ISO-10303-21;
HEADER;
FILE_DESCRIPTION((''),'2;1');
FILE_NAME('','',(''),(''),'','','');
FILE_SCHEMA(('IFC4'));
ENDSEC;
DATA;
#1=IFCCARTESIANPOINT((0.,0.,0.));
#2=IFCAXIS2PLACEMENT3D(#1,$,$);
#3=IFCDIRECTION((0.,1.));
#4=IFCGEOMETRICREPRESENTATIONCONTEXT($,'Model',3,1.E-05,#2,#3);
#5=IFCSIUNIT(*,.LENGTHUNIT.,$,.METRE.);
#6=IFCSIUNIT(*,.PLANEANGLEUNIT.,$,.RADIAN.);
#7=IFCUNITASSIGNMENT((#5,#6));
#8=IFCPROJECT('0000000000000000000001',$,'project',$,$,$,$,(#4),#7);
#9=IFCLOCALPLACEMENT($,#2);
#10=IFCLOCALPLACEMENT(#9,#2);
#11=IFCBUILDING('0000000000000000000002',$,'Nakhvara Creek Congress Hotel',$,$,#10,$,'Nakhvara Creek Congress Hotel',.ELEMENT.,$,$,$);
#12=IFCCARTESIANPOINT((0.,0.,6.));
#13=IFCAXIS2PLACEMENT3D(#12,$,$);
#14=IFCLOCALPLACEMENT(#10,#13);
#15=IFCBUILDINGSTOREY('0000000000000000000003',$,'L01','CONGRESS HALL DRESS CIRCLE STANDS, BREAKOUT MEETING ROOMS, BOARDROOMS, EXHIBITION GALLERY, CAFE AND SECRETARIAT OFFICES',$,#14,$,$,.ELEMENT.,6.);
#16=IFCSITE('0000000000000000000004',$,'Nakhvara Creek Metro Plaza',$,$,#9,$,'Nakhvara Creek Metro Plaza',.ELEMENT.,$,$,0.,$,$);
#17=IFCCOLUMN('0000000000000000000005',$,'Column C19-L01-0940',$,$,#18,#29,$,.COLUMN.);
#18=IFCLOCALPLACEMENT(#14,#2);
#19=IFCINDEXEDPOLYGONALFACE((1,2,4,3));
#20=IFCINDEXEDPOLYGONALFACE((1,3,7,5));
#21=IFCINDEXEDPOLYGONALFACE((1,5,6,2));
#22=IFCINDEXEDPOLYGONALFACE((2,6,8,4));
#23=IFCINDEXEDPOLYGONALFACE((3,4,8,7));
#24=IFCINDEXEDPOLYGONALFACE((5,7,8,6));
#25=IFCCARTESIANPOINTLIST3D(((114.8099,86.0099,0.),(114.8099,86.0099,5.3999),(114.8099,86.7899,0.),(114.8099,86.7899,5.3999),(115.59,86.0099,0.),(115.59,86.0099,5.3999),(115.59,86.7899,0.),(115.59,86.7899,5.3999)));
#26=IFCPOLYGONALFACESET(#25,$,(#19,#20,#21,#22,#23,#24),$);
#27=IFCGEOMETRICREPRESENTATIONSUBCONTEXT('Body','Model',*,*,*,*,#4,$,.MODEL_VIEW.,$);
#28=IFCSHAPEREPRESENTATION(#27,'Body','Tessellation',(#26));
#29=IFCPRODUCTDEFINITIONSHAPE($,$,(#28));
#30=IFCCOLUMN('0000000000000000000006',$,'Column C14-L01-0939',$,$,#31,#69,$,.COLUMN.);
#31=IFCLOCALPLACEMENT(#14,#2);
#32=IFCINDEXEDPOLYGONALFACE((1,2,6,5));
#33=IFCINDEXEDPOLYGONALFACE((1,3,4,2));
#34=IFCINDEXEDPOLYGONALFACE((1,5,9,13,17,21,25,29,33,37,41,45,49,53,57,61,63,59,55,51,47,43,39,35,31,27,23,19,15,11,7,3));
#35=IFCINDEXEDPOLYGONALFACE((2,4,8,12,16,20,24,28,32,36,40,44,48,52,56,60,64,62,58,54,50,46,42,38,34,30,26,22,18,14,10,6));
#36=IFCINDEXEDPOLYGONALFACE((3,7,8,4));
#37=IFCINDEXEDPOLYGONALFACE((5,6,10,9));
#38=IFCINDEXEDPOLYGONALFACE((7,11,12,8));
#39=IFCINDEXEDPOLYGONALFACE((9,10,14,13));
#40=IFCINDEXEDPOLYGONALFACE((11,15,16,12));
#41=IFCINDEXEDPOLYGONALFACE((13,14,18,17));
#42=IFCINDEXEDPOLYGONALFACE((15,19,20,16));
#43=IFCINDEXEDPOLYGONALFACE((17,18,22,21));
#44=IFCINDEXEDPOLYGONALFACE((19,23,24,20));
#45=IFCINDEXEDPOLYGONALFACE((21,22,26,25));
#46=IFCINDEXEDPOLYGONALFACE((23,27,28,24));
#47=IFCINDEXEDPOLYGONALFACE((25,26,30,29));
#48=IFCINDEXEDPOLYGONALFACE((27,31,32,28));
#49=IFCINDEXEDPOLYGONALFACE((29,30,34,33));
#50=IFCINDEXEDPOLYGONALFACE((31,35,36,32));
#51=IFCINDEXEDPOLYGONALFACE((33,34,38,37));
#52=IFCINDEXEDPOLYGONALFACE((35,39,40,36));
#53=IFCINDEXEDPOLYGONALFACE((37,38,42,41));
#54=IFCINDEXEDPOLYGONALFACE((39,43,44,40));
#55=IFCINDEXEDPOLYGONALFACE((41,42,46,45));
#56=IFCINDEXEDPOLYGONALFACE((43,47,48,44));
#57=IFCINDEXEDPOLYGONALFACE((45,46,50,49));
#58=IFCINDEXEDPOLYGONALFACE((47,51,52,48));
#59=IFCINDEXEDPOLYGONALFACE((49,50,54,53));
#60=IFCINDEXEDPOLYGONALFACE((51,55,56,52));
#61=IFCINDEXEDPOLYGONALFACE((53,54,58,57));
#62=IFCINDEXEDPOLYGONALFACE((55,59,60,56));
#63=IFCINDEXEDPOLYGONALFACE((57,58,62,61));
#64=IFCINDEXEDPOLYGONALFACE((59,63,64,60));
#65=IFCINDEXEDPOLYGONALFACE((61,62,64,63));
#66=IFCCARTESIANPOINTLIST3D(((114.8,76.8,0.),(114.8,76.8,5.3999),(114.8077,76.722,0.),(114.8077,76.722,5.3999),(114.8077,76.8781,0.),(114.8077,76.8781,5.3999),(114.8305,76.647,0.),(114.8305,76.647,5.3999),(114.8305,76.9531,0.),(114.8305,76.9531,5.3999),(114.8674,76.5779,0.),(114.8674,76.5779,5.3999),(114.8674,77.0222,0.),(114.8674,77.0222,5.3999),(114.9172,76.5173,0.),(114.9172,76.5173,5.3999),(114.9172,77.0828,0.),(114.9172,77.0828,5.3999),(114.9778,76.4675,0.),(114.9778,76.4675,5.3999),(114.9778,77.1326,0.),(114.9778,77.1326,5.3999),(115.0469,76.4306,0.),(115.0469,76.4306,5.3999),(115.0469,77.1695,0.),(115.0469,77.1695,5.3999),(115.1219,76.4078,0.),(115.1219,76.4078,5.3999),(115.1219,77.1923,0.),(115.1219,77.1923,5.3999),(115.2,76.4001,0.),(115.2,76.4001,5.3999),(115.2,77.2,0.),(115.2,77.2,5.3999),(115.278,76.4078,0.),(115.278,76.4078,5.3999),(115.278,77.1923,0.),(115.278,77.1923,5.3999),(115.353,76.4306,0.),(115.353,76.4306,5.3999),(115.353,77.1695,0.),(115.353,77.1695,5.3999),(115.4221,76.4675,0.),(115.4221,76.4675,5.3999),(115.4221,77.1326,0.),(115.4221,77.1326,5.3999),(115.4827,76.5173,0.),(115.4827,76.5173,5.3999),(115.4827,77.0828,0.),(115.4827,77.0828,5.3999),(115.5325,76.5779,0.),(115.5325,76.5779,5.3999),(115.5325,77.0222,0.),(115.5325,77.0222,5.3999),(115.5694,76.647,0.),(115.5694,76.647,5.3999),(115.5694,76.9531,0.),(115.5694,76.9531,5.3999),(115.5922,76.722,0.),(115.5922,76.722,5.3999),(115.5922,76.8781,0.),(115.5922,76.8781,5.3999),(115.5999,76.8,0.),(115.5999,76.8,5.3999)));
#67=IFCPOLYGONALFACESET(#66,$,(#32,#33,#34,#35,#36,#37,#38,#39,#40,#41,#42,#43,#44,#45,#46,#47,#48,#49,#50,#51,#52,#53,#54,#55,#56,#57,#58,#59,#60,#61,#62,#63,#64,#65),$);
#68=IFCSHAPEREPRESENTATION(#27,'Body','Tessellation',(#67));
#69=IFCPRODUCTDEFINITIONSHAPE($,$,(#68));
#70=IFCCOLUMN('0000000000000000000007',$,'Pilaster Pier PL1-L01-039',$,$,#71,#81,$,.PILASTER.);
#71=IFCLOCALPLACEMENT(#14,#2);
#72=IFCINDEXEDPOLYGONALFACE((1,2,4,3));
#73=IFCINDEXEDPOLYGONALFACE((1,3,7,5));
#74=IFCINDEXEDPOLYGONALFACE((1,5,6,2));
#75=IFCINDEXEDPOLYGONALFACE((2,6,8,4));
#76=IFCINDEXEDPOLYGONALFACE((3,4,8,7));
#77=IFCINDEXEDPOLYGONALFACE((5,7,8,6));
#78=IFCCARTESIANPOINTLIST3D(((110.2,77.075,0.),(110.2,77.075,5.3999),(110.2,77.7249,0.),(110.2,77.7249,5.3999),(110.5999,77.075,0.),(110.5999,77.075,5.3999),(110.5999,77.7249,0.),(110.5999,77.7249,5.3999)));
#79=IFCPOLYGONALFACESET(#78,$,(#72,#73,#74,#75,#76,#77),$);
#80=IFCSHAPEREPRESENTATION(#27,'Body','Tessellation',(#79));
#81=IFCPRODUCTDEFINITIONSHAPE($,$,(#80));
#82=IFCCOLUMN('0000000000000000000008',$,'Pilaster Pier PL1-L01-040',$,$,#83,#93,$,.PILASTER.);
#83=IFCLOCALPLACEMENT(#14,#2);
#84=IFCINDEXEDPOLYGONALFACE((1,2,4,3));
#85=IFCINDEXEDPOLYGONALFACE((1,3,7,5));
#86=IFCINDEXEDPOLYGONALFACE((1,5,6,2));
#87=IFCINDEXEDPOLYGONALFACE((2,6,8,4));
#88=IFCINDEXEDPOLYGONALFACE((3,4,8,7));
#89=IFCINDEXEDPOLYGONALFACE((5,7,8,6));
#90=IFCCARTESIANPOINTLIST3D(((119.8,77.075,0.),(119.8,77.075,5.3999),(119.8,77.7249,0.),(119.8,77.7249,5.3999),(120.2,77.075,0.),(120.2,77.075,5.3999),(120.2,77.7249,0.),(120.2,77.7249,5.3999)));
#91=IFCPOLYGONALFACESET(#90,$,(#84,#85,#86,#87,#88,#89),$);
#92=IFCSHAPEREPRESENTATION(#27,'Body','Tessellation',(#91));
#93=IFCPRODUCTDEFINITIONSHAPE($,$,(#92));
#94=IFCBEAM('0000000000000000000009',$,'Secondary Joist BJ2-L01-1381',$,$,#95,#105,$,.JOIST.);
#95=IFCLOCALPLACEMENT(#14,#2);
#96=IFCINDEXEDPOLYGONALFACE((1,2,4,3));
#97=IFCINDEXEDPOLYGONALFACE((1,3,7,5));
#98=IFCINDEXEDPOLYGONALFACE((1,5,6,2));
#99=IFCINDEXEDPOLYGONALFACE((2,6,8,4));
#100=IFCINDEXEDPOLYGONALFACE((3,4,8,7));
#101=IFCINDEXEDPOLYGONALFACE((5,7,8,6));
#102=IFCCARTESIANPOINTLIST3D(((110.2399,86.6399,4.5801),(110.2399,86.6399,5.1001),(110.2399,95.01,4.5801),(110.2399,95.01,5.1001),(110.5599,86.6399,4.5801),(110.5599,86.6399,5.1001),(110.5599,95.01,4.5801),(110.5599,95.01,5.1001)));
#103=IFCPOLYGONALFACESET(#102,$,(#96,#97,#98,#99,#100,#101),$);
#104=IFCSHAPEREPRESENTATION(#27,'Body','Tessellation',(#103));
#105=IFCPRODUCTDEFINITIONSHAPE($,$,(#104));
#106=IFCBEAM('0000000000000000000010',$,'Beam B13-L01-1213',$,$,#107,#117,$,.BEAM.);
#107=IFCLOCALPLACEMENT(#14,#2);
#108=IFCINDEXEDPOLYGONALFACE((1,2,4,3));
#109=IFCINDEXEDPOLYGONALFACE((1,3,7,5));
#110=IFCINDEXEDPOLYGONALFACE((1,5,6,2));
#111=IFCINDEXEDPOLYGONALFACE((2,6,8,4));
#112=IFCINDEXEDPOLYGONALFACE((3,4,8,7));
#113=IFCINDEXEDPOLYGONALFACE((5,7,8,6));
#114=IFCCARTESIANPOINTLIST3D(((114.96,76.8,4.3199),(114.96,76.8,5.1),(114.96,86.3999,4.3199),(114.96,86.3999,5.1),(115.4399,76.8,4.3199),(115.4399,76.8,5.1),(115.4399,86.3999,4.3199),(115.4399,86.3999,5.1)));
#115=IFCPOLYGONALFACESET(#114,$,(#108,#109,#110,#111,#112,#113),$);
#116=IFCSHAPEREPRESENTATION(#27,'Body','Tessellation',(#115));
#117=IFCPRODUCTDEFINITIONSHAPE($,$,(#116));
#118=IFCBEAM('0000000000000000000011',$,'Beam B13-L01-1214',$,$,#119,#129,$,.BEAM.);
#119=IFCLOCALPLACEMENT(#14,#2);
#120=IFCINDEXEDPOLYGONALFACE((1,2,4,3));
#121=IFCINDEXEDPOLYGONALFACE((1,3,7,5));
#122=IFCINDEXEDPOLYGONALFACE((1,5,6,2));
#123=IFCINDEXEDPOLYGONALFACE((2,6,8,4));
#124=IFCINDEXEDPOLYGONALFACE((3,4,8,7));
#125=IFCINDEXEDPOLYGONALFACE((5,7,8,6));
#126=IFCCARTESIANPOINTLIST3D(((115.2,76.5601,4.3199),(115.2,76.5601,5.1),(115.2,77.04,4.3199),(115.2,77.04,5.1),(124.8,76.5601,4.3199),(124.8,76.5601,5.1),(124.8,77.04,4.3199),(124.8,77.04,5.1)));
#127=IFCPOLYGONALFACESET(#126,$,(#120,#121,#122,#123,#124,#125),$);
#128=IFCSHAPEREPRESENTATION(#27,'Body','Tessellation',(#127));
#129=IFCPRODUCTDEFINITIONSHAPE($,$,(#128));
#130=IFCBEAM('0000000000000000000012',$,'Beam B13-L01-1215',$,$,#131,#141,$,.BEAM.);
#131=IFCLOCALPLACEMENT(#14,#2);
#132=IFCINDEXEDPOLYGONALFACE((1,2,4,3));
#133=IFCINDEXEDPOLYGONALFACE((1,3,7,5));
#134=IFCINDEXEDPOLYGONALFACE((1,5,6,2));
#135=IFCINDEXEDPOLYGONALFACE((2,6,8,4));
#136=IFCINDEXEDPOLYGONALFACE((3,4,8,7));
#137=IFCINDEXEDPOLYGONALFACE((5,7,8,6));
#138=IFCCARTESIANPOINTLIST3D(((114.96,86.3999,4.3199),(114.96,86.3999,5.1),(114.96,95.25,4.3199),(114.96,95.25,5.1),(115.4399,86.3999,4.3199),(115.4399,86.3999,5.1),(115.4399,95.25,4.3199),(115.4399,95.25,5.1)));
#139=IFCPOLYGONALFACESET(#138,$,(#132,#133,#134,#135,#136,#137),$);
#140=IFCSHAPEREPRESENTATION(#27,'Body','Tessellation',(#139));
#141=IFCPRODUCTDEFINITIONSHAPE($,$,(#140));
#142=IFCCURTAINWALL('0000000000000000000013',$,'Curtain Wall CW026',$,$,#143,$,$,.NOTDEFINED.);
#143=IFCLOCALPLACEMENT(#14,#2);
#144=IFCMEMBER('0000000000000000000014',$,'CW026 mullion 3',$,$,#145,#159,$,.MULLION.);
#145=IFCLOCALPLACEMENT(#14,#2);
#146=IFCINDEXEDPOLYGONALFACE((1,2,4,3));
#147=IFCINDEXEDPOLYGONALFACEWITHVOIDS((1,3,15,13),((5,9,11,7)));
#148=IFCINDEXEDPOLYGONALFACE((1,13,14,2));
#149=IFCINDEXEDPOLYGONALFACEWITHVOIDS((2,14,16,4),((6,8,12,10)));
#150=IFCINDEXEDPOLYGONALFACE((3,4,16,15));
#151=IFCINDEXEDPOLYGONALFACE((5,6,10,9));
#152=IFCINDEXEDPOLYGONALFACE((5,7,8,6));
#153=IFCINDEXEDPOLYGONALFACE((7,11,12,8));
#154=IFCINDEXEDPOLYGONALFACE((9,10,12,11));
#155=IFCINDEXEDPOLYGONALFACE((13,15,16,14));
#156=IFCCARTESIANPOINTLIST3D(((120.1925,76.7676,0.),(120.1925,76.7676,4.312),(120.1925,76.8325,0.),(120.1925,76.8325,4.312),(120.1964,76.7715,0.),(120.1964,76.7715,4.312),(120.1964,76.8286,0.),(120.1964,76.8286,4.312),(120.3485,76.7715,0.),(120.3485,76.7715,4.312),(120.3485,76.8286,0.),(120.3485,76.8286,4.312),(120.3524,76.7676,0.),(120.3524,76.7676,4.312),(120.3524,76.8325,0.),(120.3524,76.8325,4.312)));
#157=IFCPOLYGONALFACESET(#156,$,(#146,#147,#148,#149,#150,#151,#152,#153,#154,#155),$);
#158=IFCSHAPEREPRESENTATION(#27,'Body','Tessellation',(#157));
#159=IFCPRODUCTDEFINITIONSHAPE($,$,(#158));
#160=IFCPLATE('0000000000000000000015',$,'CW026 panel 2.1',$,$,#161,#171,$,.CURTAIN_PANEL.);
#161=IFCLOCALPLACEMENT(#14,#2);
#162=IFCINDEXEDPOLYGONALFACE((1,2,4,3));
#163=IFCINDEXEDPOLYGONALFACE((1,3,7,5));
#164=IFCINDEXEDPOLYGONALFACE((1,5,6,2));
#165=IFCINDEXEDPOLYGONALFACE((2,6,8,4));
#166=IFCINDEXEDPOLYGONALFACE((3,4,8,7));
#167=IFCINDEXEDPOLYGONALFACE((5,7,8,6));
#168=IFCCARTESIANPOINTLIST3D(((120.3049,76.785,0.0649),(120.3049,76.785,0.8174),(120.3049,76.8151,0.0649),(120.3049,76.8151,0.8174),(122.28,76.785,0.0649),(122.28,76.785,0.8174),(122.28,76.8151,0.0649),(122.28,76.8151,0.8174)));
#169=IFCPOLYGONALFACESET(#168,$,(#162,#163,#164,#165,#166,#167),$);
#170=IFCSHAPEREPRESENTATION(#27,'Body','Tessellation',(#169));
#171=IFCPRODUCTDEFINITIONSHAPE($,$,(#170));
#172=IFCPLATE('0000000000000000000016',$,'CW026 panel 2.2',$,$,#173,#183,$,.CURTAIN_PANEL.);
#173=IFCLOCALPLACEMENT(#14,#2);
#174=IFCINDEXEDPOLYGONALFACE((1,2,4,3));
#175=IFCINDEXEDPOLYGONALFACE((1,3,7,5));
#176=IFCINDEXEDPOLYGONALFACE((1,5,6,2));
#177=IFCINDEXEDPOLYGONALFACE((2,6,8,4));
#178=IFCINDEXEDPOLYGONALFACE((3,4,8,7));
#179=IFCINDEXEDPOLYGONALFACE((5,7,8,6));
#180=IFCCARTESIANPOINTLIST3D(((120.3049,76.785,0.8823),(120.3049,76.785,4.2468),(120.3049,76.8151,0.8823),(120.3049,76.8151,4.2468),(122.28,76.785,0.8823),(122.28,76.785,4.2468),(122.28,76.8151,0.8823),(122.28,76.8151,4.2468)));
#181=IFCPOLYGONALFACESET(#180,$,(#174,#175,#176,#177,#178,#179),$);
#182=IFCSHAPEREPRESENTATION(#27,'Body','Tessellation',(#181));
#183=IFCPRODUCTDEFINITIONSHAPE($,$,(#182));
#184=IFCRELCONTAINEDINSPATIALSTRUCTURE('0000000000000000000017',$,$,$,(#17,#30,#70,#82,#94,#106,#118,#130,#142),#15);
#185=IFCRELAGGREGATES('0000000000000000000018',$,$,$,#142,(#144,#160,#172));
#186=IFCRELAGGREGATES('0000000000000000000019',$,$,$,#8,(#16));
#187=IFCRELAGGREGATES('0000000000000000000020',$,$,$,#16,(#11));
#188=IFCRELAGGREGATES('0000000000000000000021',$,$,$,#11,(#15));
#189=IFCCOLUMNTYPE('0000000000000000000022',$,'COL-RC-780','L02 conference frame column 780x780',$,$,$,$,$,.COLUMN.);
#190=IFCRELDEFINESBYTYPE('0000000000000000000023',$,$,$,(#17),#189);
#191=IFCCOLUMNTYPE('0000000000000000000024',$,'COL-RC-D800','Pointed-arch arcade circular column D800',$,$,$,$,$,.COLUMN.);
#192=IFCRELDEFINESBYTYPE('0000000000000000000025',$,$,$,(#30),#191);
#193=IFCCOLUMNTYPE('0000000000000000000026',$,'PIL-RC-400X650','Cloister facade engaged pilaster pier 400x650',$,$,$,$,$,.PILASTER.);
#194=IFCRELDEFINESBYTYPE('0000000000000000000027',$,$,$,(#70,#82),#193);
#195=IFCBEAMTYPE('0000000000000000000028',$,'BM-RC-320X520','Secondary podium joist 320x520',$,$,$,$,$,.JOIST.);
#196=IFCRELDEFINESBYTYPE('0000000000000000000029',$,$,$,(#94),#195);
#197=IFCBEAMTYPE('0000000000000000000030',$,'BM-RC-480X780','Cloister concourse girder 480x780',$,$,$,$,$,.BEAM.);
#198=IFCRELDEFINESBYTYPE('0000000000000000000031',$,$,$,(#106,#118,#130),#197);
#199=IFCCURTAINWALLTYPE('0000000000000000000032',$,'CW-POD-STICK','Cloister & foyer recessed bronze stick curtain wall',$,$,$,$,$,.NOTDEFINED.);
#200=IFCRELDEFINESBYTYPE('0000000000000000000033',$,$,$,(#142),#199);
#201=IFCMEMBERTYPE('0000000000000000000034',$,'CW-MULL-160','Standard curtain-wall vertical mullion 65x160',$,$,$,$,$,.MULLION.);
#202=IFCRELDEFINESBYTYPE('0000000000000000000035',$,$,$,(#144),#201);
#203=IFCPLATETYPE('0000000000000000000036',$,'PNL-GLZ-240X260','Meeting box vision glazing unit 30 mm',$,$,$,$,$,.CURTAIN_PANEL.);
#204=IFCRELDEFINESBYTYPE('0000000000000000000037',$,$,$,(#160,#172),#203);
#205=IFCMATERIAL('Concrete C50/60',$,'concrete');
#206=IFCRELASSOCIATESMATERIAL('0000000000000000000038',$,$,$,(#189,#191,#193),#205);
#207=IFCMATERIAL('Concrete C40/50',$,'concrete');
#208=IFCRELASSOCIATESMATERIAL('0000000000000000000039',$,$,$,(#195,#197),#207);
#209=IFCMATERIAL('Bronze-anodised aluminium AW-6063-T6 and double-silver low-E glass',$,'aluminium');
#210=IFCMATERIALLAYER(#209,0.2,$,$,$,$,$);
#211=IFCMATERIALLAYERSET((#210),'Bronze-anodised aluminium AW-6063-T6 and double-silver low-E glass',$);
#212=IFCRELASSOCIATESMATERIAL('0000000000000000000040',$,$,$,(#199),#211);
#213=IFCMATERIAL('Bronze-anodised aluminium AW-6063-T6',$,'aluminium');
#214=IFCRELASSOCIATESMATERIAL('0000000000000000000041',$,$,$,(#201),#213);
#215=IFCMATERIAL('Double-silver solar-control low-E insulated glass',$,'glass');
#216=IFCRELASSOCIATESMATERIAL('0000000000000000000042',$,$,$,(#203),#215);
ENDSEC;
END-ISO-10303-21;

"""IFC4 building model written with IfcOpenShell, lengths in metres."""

from ifc_helpers import new_model, si_unit, direction, frame, origin, origin_2d, place, context, subcontext, project, spatial, rectangle, hollow_rectangle, circle, extrude, material, layer, layer_set, material_profile, profile_set, type_object, element, aggregate, save


model = new_model("IFC4")

# Units and contexts
model_context = context("Model", 3, precision=1e-05, world=origin(), true_north=direction((0.0, 1.0)))
body_context = subcontext(model_context, "Body", "Model", "MODEL_VIEW")
ifc_project = project(units=[si_unit("LENGTHUNIT", "METRE"), si_unit("PLANEANGLEUNIT", "RADIAN")], contexts=[model_context])

# Site, building, storey
site_placement = place(None, origin())
site = spatial("IfcSite", under=ifc_project, at=site_placement, Name="Nakhvara Creek Metro Plaza", LongName="Nakhvara Creek Metro Plaza", CompositionType="ELEMENT", RefElevation=0.0)
building_placement = place(site_placement, origin())
building = spatial("IfcBuilding", under=site, at=building_placement, Name="Nakhvara Creek Congress Hotel", LongName="Nakhvara Creek Congress Hotel", CompositionType="ELEMENT")
storey_placement = place(building_placement, frame((0.0, 0.0, 6.0)))
storey = spatial("IfcBuildingStorey", under=building, at=storey_placement, Name="L01", Description="CONGRESS HALL DRESS CIRCLE STANDS, BREAKOUT MEETING ROOMS, BOARDROOMS, EXHIBITION GALLERY, CAFE AND SECRETARIAT OFFICES", CompositionType="ELEMENT", Elevation=6.0)

# Columns
ifc_material_1 = material(Name="Concrete C50/60", Category="concrete")
ifc_material_profile_1 = material_profile(ifc_material_1, rectangle(XDim=0.78, YDim=0.78, at=origin_2d()), Name="RC-COL 780x780", Category="LoadBearing")
ifc_profile_set_1 = profile_set([ifc_material_profile_1], Name="Concrete C50/60")
column_type_1 = type_object("IfcColumnType", Name="COL-RC-780", Description="L02 conference frame column 780x780", PredefinedType="COLUMN", material=ifc_profile_set_1)
column_1_placement = place(storey_placement, frame((115.2, 86.3999, 0.0), z_axis=(0.0, 0.0, 1.0), x_axis=(1.0, 0.0, 0.0)))
element("IfcColumn", 1, at=column_1_placement, inside=storey, type_object=column_type_1, Name="Column C19-L01-0940", PredefinedType="COLUMN", context=body_context, shape_type="SweptSolid", body=[
    extrude(rectangle(XDim=0.78, YDim=0.78, at=origin_2d()), origin(), (0.0, 0.0, 1.0), 5.3999),
])
ifc_material_profile_2 = material_profile(ifc_material_1, circle(Radius=0.3999, at=origin_2d()), Name="RC-COL D800", Category="LoadBearing")
ifc_profile_set_2 = profile_set([ifc_material_profile_2], Name="Concrete C50/60")
column_type_2 = type_object("IfcColumnType", Name="COL-RC-D800", Description="Pointed-arch arcade circular column D800", PredefinedType="COLUMN", material=ifc_profile_set_2)
column_2_placement = place(storey_placement, frame((115.2, 76.8, 0.0), z_axis=(0.0, 0.0, 1.0), x_axis=(1.0, 0.0, 0.0)))
element("IfcColumn", 2, at=column_2_placement, inside=storey, type_object=column_type_2, Name="Column C14-L01-0939", PredefinedType="COLUMN", context=body_context, shape_type="SweptSolid", body=[
    extrude(circle(Radius=0.3999, at=origin_2d()), origin(), (0.0, 0.0, 1.0), 5.3999),
])
ifc_material_profile_3 = material_profile(ifc_material_1, rectangle(XDim=0.3999, YDim=0.6499, at=origin_2d()), Name="RC-PIL 400x650", Category="LoadBearing")
ifc_profile_set_3 = profile_set([ifc_material_profile_3], Name="Concrete C50/60")
column_type_3 = type_object("IfcColumnType", Name="PIL-RC-400X650", Description="Cloister facade engaged pilaster pier 400x650", PredefinedType="PILASTER", material=ifc_profile_set_3)
for number, where, z_axis, x_axis, name in (
    (3, (110.3999, 77.3999, 0.0), (0.0, 0.0, 1.0), (1.0, 0.0, 0.0), "Pilaster Pier PL1-L01-039"),
    (4, (120.0, 77.3999, 0.0), (0.0, 0.0, 1.0), (1.0, 0.0, 0.0), "Pilaster Pier PL1-L01-040"),
):
    element("IfcColumn", number, at=place(storey_placement, frame(where, z_axis=z_axis, x_axis=x_axis)), inside=storey, type_object=column_type_3, Name=name, PredefinedType="PILASTER", context=body_context, shape_type="SweptSolid", body=[
        extrude(rectangle(XDim=0.3999, YDim=0.6499, at=origin_2d()), origin(), (0.0, 0.0, 1.0), 5.3999),
    ])

# Beams
ifc_material_2 = material(Name="Concrete C40/50", Category="concrete")
ifc_material_profile_4 = material_profile(ifc_material_2, rectangle(XDim=0.3201, YDim=0.52, at=origin_2d()), Name="RC-BM 320x520", Category="LoadBearing")
ifc_profile_set_4 = profile_set([ifc_material_profile_4], Name="Concrete C40/50")
beam_type_1 = type_object("IfcBeamType", Name="BM-RC-320X520", Description="Secondary podium joist 320x520", PredefinedType="JOIST", material=ifc_profile_set_4)
beam_1_placement = place(storey_placement, frame((110.3999, 86.6399, 4.8401), z_axis=(0.0, 1.0, 0.0), x_axis=(-1.0, 0.0, 0.0)))
element("IfcBeam", 5, at=beam_1_placement, inside=storey, type_object=beam_type_1, Name="Secondary Joist BJ2-L01-1381", PredefinedType="JOIST", context=body_context, shape_type="SweptSolid", body=[
    extrude(rectangle(XDim=0.3201, YDim=0.52, at=origin_2d()), origin(), (0.0, 0.0, 1.0), 8.3701),
])
ifc_material_profile_5 = material_profile(ifc_material_2, rectangle(XDim=0.48, YDim=0.78, at=origin_2d()), Name="RC-BM 480x780", Category="LoadBearing")
ifc_profile_set_5 = profile_set([ifc_material_profile_5], Name="Concrete C40/50")
beam_type_2 = type_object("IfcBeamType", Name="BM-RC-480X780", Description="Cloister concourse girder 480x780", PredefinedType="BEAM", material=ifc_profile_set_5)
beam_2_placement = place(storey_placement, frame((115.2, 76.8, 4.71), z_axis=(0.0, 1.0, 0.0), x_axis=(-1.0, 0.0, 0.0)))
element("IfcBeam", 6, at=beam_2_placement, inside=storey, type_object=beam_type_2, Name="Beam B13-L01-1213", PredefinedType="BEAM", context=body_context, shape_type="SweptSolid", body=[
    extrude(rectangle(XDim=0.48, YDim=0.78, at=origin_2d()), origin(), (0.0, 0.0, 1.0), 9.5999),
])
beam_3_placement = place(storey_placement, frame((115.2, 76.8, 4.71), z_axis=(1.0, 0.0, 0.0), x_axis=(0.0, 1.0, 0.0)))
element("IfcBeam", 7, at=beam_3_placement, inside=storey, type_object=beam_type_2, Name="Beam B13-L01-1214", PredefinedType="BEAM", context=body_context, shape_type="SweptSolid", body=[
    extrude(rectangle(XDim=0.48, YDim=0.78, at=origin_2d()), origin(), (0.0, 0.0, 1.0), 9.6001),
])
beam_4_placement = place(storey_placement, frame((115.2, 86.3999, 4.71), z_axis=(0.0, 1.0, 0.0), x_axis=(-1.0, 0.0, 0.0)))
element("IfcBeam", 8, at=beam_4_placement, inside=storey, type_object=beam_type_2, Name="Beam B13-L01-1215", PredefinedType="BEAM", context=body_context, shape_type="SweptSolid", body=[
    extrude(rectangle(XDim=0.48, YDim=0.78, at=origin_2d()), origin(), (0.0, 0.0, 1.0), 8.8501),
])

# Curtain wall, member, plates
ifc_material_3 = material(Name="Bronze-anodised aluminium AW-6063-T6 and double-silver low-E glass", Category="aluminium")
ifc_layer_1 = layer(ifc_material_3, 0.2)
ifc_layer_set_1 = layer_set([ifc_layer_1], Name="Bronze-anodised aluminium AW-6063-T6 and double-silver low-E glass")
curtain_wall_type = type_object("IfcCurtainWallType", Name="CW-POD-STICK", Description="Cloister & foyer recessed bronze stick curtain wall", PredefinedType="NOTDEFINED", material=ifc_layer_set_1)
curtain_wall_placement = place(storey_placement, origin())
curtain_wall = element("IfcCurtainWall", 9, at=curtain_wall_placement, inside=storey, type_object=curtain_wall_type, Name="Curtain Wall CW026", PredefinedType="NOTDEFINED")
ifc_material_4 = material(Name="Bronze-anodised aluminium AW-6063-T6", Category="aluminium")
ifc_material_profile_6 = material_profile(ifc_material_4, hollow_rectangle(XDim=0.0649, YDim=0.1599, WallThickness=0.0039, at=origin_2d()), Name="ALU-MULL 65x160x4", Category="LoadBearing")
ifc_profile_set_6 = profile_set([ifc_material_profile_6], Name="Bronze-anodised aluminium AW-6063-T6")
member_type = type_object("IfcMemberType", Name="CW-MULL-160", Description="Standard curtain-wall vertical mullion 65x160", PredefinedType="MULLION", material=ifc_profile_set_6)
member_placement = place(storey_placement, frame((120.2725, 76.8, 0.0), z_axis=(0.0, 0.0, 1.0), x_axis=(0.0, -1.0, 0.0)))
member = element("IfcMember", 10, at=member_placement, type_object=member_type, Name="CW026 mullion 3", PredefinedType="MULLION", context=body_context, shape_type="SweptSolid", body=[
    extrude(hollow_rectangle(XDim=0.0649, YDim=0.1599, WallThickness=0.0039, at=origin_2d()), origin(), (0.0, 0.0, 1.0), 4.312),
])
ifc_material_5 = material(Name="Double-silver solar-control low-E insulated glass", Category="glass")
plate_type = type_object("IfcPlateType", Name="PNL-GLZ-240X260", Description="Meeting box vision glazing unit 30 mm", PredefinedType="CURTAIN_PANEL", material=ifc_material_5)
plate_1_placement = place(storey_placement, frame((121.2925, 76.8, 0.0649), z_axis=(0.0, 0.0, 1.0), x_axis=(-1.0, 0.0, 0.0)))
plate_1 = element("IfcPlate", 11, at=plate_1_placement, type_object=plate_type, Name="CW026 panel 2.1", PredefinedType="CURTAIN_PANEL", context=body_context, shape_type="SweptSolid", body=[
    extrude(rectangle(XDim=1.9751, YDim=0.03, at=origin_2d()), origin(), (0.0, 0.0, 1.0), 0.7524),
])
plate_2_placement = place(storey_placement, frame((121.2925, 76.8, 0.8823), z_axis=(0.0, 0.0, 1.0), x_axis=(-1.0, 0.0, 0.0)))
plate_2 = element("IfcPlate", 12, at=plate_2_placement, type_object=plate_type, Name="CW026 panel 2.2", PredefinedType="CURTAIN_PANEL", context=body_context, shape_type="SweptSolid", body=[
    extrude(rectangle(XDim=1.9751, YDim=0.03, at=origin_2d()), origin(), (0.0, 0.0, 1.0), 3.3645),
])
aggregate(curtain_wall, [member, plate_1, plate_2])

save(model, "model.ifc")
